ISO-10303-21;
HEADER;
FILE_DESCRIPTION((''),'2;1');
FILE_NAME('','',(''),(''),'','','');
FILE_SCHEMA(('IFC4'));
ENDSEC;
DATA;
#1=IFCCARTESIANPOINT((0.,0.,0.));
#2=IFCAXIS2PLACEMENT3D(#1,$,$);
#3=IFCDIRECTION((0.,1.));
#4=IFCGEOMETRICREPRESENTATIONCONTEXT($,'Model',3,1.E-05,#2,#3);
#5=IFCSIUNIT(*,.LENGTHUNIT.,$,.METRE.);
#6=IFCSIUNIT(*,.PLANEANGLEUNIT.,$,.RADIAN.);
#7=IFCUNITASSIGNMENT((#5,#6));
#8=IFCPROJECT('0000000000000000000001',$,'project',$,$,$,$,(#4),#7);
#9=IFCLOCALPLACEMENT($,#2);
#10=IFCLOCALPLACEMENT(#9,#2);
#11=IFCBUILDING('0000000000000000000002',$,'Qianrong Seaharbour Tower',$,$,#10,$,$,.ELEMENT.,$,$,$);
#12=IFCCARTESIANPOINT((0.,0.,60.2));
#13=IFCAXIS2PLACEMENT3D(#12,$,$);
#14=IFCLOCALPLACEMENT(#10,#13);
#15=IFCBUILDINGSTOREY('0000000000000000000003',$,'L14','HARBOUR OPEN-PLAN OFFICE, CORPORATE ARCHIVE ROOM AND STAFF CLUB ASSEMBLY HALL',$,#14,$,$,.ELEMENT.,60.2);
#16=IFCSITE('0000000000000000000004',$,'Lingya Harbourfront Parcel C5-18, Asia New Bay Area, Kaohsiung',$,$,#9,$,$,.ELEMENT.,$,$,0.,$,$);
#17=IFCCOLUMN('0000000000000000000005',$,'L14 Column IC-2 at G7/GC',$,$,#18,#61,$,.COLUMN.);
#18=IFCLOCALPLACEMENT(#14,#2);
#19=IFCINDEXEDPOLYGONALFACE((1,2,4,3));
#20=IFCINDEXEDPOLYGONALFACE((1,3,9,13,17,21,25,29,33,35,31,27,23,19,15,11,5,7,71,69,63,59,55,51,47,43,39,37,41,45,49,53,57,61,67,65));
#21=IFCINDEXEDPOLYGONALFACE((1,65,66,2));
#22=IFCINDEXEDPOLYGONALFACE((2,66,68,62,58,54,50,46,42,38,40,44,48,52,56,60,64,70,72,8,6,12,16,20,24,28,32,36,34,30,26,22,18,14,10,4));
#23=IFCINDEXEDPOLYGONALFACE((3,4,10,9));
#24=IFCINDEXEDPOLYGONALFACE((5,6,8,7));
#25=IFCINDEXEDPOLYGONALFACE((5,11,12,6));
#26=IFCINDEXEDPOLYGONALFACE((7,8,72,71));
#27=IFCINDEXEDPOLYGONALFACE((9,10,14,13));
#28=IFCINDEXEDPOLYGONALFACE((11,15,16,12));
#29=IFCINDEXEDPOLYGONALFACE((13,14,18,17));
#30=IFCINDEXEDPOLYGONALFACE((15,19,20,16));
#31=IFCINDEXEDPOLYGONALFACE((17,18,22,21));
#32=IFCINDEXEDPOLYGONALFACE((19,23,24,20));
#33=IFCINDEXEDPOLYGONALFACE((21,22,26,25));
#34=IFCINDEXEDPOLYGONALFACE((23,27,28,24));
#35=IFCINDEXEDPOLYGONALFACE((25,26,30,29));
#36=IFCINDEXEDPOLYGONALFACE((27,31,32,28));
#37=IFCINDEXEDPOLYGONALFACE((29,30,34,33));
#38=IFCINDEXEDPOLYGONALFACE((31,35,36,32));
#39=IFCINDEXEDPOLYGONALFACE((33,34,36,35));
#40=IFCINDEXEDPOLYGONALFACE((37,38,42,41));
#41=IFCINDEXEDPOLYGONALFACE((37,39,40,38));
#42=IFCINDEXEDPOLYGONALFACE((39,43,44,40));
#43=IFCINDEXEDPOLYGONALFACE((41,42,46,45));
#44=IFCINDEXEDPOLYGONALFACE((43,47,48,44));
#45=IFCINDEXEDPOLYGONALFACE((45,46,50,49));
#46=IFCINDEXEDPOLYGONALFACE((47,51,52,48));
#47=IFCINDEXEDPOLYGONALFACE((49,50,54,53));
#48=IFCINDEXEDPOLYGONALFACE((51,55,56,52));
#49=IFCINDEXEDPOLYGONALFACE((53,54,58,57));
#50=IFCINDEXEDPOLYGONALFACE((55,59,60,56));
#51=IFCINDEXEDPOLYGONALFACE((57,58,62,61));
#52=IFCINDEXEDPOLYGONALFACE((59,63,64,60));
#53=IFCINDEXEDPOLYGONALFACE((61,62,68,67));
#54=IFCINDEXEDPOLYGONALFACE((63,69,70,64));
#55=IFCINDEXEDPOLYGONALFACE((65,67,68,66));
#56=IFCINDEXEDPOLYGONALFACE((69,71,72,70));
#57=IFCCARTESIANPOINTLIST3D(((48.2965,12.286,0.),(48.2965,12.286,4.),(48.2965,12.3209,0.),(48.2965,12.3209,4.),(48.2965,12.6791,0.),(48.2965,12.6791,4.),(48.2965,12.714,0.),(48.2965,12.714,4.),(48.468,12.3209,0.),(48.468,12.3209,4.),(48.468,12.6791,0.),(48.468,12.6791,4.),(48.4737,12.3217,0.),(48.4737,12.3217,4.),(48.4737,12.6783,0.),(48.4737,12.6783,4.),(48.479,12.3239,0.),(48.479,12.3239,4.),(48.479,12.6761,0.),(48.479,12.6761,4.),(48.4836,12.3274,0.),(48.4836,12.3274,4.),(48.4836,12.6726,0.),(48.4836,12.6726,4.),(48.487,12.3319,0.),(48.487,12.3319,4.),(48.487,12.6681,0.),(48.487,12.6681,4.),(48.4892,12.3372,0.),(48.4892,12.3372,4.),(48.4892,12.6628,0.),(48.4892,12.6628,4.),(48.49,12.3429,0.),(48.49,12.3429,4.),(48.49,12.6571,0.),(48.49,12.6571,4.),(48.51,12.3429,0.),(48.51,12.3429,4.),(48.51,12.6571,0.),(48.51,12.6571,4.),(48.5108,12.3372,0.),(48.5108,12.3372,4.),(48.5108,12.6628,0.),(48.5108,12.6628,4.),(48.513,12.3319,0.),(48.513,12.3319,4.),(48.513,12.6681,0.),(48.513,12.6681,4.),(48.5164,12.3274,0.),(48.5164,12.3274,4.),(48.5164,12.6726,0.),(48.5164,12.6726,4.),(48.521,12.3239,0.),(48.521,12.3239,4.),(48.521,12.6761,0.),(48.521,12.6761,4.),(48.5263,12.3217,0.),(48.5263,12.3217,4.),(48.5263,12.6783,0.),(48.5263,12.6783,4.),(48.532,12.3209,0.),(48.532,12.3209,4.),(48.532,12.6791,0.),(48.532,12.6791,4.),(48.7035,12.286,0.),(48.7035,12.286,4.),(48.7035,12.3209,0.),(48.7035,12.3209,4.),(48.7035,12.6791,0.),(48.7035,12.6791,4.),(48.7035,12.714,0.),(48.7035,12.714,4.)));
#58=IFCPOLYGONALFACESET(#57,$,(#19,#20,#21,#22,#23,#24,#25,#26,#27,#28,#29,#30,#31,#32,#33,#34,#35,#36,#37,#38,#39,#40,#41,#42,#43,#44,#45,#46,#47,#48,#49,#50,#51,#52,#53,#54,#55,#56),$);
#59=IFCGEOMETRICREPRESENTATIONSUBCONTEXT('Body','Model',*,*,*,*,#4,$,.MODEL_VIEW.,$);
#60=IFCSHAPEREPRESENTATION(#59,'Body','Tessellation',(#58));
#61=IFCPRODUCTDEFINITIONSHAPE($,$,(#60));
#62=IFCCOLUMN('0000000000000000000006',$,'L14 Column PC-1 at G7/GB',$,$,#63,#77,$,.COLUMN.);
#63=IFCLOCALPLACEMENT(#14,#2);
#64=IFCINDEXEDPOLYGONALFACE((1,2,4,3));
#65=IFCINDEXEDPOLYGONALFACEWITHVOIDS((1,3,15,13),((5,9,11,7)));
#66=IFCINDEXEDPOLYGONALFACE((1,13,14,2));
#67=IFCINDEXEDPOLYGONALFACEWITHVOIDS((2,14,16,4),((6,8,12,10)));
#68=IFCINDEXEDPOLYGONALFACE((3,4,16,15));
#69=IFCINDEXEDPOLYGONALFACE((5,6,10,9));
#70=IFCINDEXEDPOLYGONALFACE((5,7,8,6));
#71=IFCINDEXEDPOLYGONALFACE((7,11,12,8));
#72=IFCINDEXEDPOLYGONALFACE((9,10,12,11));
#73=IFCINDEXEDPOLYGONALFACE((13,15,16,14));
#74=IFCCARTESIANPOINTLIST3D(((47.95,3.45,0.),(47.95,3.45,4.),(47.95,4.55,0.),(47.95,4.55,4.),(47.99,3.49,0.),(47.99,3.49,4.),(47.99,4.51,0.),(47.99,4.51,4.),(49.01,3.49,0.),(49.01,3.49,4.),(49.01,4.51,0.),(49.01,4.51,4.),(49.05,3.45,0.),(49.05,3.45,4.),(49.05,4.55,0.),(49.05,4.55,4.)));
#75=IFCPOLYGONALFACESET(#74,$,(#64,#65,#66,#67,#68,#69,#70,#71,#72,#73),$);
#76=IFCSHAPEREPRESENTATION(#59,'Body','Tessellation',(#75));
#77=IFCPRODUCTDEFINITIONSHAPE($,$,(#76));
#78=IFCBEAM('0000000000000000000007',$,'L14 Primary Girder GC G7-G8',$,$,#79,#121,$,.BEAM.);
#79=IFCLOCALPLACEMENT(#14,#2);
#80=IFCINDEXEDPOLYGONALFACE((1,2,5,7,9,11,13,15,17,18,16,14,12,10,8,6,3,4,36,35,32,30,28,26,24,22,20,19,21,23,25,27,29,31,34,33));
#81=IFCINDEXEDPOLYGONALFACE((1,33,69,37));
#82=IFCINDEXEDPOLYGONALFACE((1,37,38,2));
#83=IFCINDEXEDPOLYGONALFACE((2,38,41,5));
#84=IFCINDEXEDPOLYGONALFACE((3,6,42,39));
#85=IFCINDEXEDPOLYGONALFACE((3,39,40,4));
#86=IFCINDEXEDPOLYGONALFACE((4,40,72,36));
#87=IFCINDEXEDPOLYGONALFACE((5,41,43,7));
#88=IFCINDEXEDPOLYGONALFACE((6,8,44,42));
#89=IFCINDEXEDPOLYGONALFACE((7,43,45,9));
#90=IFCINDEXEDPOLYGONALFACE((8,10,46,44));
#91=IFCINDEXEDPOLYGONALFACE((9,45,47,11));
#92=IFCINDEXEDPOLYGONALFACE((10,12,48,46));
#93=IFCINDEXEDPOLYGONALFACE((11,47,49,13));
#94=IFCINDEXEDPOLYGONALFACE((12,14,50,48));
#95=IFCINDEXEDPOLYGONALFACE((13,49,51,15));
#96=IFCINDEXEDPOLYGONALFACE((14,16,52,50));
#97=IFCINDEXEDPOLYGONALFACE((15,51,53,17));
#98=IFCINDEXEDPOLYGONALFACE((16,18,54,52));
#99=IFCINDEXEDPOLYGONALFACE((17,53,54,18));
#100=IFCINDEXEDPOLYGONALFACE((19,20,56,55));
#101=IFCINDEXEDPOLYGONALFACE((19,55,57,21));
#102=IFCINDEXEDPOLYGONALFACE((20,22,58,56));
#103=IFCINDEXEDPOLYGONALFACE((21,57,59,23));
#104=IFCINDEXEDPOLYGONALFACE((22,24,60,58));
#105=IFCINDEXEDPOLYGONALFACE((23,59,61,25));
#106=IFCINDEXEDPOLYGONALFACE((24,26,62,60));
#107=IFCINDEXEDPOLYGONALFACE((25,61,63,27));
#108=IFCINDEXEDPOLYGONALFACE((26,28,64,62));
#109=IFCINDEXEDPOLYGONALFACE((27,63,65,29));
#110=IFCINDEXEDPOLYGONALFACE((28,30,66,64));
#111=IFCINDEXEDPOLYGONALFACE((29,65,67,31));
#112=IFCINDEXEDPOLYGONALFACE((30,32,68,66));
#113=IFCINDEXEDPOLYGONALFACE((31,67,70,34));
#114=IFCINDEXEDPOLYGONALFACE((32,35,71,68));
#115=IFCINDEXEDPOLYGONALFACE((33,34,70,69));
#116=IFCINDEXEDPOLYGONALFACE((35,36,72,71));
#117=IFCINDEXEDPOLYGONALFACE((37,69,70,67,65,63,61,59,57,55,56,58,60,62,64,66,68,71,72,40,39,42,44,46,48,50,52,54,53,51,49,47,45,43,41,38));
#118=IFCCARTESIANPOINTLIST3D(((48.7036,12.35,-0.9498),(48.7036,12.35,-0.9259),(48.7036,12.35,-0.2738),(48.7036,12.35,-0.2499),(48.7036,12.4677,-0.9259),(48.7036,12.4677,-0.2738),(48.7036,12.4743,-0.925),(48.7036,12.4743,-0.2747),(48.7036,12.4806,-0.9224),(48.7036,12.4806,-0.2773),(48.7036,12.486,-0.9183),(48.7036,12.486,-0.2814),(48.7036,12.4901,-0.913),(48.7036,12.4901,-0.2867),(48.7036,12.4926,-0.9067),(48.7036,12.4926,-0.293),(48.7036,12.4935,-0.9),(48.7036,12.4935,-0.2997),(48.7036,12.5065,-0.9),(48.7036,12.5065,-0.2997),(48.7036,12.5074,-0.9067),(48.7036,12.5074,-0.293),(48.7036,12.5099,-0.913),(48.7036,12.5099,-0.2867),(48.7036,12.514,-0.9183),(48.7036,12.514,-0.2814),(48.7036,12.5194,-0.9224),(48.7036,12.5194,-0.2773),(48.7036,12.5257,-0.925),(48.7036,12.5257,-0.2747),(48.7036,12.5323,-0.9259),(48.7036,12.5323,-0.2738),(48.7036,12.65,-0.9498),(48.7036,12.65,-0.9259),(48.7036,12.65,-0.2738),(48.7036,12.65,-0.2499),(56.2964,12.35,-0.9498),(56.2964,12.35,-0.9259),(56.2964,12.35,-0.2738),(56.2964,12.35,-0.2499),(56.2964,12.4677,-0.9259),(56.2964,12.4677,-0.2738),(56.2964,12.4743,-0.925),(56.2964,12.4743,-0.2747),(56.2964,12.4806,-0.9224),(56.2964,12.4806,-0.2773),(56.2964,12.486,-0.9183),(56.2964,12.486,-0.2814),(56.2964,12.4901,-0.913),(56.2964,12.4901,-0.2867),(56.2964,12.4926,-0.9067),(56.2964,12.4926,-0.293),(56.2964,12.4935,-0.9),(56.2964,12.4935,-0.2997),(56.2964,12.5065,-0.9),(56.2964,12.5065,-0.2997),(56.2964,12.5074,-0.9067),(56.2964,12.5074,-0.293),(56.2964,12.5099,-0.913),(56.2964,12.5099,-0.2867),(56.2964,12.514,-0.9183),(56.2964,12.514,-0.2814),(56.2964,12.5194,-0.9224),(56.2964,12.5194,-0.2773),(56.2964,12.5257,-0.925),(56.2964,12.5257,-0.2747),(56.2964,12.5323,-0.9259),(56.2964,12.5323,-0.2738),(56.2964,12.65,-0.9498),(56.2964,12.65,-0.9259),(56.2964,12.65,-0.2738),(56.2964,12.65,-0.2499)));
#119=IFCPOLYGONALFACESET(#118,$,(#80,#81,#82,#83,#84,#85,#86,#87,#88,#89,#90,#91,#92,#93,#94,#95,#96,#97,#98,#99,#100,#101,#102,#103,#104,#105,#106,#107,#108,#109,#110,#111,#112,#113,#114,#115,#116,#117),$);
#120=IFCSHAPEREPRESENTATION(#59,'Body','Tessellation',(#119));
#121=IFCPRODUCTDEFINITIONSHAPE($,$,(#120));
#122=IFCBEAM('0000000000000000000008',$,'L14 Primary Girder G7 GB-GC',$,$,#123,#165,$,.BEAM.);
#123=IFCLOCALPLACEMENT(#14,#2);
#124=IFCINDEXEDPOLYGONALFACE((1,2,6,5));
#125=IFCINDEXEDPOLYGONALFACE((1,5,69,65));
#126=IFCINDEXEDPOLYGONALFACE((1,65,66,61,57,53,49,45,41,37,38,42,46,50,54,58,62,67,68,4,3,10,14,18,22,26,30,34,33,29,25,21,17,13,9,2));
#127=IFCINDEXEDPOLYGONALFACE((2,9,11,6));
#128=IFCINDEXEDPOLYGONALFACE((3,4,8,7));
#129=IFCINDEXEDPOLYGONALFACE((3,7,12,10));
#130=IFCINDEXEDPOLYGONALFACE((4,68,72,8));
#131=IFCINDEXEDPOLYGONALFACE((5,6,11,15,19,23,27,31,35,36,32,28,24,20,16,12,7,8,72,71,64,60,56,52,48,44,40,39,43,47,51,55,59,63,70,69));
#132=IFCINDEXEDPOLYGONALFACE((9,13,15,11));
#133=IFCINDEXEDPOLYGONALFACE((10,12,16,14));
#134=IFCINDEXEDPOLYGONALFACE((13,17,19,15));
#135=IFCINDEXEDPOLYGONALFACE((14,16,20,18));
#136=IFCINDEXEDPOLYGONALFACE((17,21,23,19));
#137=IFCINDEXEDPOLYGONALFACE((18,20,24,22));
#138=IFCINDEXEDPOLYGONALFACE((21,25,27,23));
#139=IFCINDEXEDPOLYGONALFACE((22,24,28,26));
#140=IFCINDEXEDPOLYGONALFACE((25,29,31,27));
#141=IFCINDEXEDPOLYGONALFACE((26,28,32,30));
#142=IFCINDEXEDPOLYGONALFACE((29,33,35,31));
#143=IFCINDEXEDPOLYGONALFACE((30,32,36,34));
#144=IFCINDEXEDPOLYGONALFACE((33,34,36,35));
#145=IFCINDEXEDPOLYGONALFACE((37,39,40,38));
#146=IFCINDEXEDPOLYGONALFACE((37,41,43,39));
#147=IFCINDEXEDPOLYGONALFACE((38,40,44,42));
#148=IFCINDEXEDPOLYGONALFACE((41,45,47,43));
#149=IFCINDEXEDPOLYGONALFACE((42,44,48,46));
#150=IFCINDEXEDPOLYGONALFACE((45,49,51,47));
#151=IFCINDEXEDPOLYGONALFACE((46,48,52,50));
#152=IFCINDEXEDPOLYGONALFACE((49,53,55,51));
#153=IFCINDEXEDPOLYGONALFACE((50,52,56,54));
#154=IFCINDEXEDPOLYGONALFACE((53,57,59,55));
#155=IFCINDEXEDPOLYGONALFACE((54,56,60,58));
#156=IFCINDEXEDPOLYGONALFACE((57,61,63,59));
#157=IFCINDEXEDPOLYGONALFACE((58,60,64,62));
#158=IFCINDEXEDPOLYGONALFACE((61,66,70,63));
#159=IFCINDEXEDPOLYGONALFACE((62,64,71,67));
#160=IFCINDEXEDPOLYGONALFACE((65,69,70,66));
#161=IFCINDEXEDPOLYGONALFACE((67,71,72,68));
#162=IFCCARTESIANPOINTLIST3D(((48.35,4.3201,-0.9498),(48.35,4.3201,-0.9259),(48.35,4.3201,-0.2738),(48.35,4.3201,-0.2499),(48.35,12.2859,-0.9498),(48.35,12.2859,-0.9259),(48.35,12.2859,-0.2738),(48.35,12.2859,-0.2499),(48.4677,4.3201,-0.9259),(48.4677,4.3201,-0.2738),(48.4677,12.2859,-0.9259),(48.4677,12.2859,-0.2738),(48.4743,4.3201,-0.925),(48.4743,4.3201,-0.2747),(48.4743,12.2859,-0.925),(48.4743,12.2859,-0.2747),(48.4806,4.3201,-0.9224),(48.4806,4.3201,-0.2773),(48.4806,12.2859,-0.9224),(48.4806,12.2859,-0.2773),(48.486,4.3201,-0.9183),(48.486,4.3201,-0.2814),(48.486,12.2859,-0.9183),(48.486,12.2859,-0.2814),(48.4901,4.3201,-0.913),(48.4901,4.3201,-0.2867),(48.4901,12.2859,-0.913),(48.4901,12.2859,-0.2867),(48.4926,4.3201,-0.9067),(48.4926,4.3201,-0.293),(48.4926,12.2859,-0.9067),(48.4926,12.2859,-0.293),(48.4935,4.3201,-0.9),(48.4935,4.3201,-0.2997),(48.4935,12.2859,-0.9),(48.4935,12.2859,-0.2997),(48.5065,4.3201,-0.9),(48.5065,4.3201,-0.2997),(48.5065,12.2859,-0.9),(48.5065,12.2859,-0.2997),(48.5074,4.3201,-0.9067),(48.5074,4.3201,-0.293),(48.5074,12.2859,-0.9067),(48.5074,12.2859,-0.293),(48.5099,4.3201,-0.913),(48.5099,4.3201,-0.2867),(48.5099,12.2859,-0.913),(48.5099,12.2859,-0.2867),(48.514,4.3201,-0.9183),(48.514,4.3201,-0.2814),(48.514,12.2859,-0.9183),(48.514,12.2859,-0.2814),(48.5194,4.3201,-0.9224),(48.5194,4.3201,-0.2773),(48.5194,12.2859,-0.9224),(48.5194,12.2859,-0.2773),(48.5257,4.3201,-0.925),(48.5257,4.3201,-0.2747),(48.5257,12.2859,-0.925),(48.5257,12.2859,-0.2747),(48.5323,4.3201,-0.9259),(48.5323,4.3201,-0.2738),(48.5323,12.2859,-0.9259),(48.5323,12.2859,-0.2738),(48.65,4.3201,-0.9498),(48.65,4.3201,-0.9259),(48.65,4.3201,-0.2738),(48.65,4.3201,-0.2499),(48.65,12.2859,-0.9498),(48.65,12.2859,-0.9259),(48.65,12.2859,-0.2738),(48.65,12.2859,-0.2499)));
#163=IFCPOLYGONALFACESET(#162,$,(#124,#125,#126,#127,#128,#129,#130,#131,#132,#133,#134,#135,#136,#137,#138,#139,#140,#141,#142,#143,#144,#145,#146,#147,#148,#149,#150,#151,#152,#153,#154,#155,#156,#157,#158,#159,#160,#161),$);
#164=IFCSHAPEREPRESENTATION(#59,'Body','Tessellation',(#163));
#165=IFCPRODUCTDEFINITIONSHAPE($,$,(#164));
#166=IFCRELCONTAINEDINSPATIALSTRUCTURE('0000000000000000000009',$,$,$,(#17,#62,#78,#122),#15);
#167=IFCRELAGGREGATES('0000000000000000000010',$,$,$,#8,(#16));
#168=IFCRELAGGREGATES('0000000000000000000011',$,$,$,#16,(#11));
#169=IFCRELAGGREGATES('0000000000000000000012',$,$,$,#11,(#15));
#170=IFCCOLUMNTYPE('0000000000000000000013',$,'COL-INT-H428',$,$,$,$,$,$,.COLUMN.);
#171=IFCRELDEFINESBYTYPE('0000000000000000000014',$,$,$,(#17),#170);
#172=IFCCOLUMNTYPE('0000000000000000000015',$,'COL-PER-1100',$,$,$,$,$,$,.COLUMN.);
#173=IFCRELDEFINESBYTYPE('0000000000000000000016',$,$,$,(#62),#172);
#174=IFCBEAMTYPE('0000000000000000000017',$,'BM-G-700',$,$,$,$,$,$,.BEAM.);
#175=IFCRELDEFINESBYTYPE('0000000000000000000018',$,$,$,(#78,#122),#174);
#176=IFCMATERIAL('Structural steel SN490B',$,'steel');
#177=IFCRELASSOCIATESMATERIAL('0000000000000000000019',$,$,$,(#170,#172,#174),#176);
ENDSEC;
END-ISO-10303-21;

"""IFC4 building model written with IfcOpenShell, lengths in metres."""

from ifc_helpers import new_model, si_unit, direction, frame, origin, origin_2d, place, context, subcontext, project, spatial, hollow_rectangle, i_section, extrude, material, material_profile, profile_set, type_object, element, save


model = new_model("IFC4")

# Units and contexts
model_context = context("Model", 3, precision=1e-05, world=origin(), true_north=direction((0.0, 1.0)))
body_context = subcontext(model_context, "Body", "Model", "MODEL_VIEW")
ifc_project = project(units=[si_unit("LENGTHUNIT", "METRE"), si_unit("PLANEANGLEUNIT", "RADIAN")], contexts=[model_context])

# Site, building, storey
site_placement = place(None, origin())
site = spatial("IfcSite", under=ifc_project, at=site_placement, Name="Lingya Harbourfront Parcel C5-18, Asia New Bay Area, Kaohsiung", CompositionType="ELEMENT", RefElevation=0.0)
building_placement = place(site_placement, origin())
building = spatial("IfcBuilding", under=site, at=building_placement, Name="Qianrong Seaharbour Tower", CompositionType="ELEMENT")
storey_placement = place(building_placement, frame((0.0, 0.0, 60.2)))
storey = spatial("IfcBuildingStorey", under=building, at=storey_placement, Name="L14", Description="HARBOUR OPEN-PLAN OFFICE, CORPORATE ARCHIVE ROOM AND STAFF CLUB ASSEMBLY HALL", CompositionType="ELEMENT", Elevation=60.2)

# Columns
ifc_material_1 = material(Name="Structural steel SN490B", Category="steel")
ifc_material_profile_1 = material_profile(ifc_material_1, i_section(OverallWidth=0.407, OverallDepth=0.428, WebThickness=0.02, FlangeThickness=0.0349, FilletRadius=0.022, at=origin_2d()), Name="H428x407x20x35")
ifc_profile_set_1 = profile_set([ifc_material_profile_1], Name="Structural steel SN490B")
column_type_1 = type_object("IfcColumnType", Name="COL-INT-H428", PredefinedType="COLUMN", material=ifc_profile_set_1)
column_1_placement = place(storey_placement, frame((48.5, 12.5, 0.0), z_axis=(0.0, 0.0, 1.0), x_axis=(1.0, 0.0, 0.0)))
element("IfcColumn", 1, at=column_1_placement, inside=storey, type_object=column_type_1, Name="L14 Column IC-2 at G7/GC", PredefinedType="COLUMN", context=body_context, shape_type="SweptSolid", body=[
    extrude(i_section(OverallWidth=0.407, OverallDepth=0.428, WebThickness=0.02, FlangeThickness=0.0349, FilletRadius=0.022, at=origin_2d()), origin(), (0.0, 0.0, 1.0), 4.0),
])
ifc_material_profile_2 = material_profile(ifc_material_1, hollow_rectangle(XDim=1.1001, YDim=1.1001, WallThickness=0.04, at=origin_2d()), Name="BOX1100x1100x40")
ifc_profile_set_2 = profile_set([ifc_material_profile_2], Name="Structural steel SN490B")
column_type_2 = type_object("IfcColumnType", Name="COL-PER-1100", PredefinedType="COLUMN", material=ifc_profile_set_2)
column_2_placement = place(storey_placement, frame((48.5, 4.0, 0.0), z_axis=(0.0, 0.0, 1.0), x_axis=(1.0, 0.0, 0.0)))
element("IfcColumn", 2, at=column_2_placement, inside=storey, type_object=column_type_2, Name="L14 Column PC-1 at G7/GB", PredefinedType="COLUMN", context=body_context, shape_type="SweptSolid", body=[
    extrude(hollow_rectangle(XDim=1.1001, YDim=1.1001, WallThickness=0.04, at=origin_2d()), origin(), (0.0, 0.0, 1.0), 4.0),
])

# Beams
ifc_material_profile_3 = material_profile(ifc_material_1, i_section(OverallWidth=0.3, OverallDepth=0.7, WebThickness=0.0129, FlangeThickness=0.0239, FilletRadius=0.0259, at=origin_2d()), Name="H700x300x13x24")
ifc_profile_set_3 = profile_set([ifc_material_profile_3], Name="Structural steel SN490B")
beam_type_1 = type_object("IfcBeamType", Name="BM-G-700", PredefinedType="BEAM", material=ifc_profile_set_3)
beam_1_placement = place(storey_placement, frame((48.7036, 12.5, -0.5999), z_axis=(1.0, 0.0, 0.0), x_axis=(0.0, 1.0, 0.0)))
element("IfcBeam", 3, at=beam_1_placement, inside=storey, type_object=beam_type_1, Name="L14 Primary Girder GC G7-G8", PredefinedType="BEAM", context=body_context, shape_type="SweptSolid", body=[
    extrude(i_section(OverallWidth=0.3, OverallDepth=0.7, WebThickness=0.0129, FlangeThickness=0.0239, FilletRadius=0.0259, at=origin_2d()), origin(), (0.0, 0.0, 1.0), 7.5928),
])
beam_2_placement = place(storey_placement, frame((48.5, 4.3201, -0.5999), z_axis=(0.0, 1.0, 0.0), x_axis=(-1.0, 0.0, 0.0)))
element("IfcBeam", 4, at=beam_2_placement, inside=storey, type_object=beam_type_1, Name="L14 Primary Girder G7 GB-GC", PredefinedType="BEAM", context=body_context, shape_type="SweptSolid", body=[
    extrude(i_section(OverallWidth=0.3, OverallDepth=0.7, WebThickness=0.0129, FlangeThickness=0.0239, FilletRadius=0.0259, at=origin_2d()), origin(), (0.0, 0.0, 1.0), 7.9658),
])

save(model, "model.ifc")
